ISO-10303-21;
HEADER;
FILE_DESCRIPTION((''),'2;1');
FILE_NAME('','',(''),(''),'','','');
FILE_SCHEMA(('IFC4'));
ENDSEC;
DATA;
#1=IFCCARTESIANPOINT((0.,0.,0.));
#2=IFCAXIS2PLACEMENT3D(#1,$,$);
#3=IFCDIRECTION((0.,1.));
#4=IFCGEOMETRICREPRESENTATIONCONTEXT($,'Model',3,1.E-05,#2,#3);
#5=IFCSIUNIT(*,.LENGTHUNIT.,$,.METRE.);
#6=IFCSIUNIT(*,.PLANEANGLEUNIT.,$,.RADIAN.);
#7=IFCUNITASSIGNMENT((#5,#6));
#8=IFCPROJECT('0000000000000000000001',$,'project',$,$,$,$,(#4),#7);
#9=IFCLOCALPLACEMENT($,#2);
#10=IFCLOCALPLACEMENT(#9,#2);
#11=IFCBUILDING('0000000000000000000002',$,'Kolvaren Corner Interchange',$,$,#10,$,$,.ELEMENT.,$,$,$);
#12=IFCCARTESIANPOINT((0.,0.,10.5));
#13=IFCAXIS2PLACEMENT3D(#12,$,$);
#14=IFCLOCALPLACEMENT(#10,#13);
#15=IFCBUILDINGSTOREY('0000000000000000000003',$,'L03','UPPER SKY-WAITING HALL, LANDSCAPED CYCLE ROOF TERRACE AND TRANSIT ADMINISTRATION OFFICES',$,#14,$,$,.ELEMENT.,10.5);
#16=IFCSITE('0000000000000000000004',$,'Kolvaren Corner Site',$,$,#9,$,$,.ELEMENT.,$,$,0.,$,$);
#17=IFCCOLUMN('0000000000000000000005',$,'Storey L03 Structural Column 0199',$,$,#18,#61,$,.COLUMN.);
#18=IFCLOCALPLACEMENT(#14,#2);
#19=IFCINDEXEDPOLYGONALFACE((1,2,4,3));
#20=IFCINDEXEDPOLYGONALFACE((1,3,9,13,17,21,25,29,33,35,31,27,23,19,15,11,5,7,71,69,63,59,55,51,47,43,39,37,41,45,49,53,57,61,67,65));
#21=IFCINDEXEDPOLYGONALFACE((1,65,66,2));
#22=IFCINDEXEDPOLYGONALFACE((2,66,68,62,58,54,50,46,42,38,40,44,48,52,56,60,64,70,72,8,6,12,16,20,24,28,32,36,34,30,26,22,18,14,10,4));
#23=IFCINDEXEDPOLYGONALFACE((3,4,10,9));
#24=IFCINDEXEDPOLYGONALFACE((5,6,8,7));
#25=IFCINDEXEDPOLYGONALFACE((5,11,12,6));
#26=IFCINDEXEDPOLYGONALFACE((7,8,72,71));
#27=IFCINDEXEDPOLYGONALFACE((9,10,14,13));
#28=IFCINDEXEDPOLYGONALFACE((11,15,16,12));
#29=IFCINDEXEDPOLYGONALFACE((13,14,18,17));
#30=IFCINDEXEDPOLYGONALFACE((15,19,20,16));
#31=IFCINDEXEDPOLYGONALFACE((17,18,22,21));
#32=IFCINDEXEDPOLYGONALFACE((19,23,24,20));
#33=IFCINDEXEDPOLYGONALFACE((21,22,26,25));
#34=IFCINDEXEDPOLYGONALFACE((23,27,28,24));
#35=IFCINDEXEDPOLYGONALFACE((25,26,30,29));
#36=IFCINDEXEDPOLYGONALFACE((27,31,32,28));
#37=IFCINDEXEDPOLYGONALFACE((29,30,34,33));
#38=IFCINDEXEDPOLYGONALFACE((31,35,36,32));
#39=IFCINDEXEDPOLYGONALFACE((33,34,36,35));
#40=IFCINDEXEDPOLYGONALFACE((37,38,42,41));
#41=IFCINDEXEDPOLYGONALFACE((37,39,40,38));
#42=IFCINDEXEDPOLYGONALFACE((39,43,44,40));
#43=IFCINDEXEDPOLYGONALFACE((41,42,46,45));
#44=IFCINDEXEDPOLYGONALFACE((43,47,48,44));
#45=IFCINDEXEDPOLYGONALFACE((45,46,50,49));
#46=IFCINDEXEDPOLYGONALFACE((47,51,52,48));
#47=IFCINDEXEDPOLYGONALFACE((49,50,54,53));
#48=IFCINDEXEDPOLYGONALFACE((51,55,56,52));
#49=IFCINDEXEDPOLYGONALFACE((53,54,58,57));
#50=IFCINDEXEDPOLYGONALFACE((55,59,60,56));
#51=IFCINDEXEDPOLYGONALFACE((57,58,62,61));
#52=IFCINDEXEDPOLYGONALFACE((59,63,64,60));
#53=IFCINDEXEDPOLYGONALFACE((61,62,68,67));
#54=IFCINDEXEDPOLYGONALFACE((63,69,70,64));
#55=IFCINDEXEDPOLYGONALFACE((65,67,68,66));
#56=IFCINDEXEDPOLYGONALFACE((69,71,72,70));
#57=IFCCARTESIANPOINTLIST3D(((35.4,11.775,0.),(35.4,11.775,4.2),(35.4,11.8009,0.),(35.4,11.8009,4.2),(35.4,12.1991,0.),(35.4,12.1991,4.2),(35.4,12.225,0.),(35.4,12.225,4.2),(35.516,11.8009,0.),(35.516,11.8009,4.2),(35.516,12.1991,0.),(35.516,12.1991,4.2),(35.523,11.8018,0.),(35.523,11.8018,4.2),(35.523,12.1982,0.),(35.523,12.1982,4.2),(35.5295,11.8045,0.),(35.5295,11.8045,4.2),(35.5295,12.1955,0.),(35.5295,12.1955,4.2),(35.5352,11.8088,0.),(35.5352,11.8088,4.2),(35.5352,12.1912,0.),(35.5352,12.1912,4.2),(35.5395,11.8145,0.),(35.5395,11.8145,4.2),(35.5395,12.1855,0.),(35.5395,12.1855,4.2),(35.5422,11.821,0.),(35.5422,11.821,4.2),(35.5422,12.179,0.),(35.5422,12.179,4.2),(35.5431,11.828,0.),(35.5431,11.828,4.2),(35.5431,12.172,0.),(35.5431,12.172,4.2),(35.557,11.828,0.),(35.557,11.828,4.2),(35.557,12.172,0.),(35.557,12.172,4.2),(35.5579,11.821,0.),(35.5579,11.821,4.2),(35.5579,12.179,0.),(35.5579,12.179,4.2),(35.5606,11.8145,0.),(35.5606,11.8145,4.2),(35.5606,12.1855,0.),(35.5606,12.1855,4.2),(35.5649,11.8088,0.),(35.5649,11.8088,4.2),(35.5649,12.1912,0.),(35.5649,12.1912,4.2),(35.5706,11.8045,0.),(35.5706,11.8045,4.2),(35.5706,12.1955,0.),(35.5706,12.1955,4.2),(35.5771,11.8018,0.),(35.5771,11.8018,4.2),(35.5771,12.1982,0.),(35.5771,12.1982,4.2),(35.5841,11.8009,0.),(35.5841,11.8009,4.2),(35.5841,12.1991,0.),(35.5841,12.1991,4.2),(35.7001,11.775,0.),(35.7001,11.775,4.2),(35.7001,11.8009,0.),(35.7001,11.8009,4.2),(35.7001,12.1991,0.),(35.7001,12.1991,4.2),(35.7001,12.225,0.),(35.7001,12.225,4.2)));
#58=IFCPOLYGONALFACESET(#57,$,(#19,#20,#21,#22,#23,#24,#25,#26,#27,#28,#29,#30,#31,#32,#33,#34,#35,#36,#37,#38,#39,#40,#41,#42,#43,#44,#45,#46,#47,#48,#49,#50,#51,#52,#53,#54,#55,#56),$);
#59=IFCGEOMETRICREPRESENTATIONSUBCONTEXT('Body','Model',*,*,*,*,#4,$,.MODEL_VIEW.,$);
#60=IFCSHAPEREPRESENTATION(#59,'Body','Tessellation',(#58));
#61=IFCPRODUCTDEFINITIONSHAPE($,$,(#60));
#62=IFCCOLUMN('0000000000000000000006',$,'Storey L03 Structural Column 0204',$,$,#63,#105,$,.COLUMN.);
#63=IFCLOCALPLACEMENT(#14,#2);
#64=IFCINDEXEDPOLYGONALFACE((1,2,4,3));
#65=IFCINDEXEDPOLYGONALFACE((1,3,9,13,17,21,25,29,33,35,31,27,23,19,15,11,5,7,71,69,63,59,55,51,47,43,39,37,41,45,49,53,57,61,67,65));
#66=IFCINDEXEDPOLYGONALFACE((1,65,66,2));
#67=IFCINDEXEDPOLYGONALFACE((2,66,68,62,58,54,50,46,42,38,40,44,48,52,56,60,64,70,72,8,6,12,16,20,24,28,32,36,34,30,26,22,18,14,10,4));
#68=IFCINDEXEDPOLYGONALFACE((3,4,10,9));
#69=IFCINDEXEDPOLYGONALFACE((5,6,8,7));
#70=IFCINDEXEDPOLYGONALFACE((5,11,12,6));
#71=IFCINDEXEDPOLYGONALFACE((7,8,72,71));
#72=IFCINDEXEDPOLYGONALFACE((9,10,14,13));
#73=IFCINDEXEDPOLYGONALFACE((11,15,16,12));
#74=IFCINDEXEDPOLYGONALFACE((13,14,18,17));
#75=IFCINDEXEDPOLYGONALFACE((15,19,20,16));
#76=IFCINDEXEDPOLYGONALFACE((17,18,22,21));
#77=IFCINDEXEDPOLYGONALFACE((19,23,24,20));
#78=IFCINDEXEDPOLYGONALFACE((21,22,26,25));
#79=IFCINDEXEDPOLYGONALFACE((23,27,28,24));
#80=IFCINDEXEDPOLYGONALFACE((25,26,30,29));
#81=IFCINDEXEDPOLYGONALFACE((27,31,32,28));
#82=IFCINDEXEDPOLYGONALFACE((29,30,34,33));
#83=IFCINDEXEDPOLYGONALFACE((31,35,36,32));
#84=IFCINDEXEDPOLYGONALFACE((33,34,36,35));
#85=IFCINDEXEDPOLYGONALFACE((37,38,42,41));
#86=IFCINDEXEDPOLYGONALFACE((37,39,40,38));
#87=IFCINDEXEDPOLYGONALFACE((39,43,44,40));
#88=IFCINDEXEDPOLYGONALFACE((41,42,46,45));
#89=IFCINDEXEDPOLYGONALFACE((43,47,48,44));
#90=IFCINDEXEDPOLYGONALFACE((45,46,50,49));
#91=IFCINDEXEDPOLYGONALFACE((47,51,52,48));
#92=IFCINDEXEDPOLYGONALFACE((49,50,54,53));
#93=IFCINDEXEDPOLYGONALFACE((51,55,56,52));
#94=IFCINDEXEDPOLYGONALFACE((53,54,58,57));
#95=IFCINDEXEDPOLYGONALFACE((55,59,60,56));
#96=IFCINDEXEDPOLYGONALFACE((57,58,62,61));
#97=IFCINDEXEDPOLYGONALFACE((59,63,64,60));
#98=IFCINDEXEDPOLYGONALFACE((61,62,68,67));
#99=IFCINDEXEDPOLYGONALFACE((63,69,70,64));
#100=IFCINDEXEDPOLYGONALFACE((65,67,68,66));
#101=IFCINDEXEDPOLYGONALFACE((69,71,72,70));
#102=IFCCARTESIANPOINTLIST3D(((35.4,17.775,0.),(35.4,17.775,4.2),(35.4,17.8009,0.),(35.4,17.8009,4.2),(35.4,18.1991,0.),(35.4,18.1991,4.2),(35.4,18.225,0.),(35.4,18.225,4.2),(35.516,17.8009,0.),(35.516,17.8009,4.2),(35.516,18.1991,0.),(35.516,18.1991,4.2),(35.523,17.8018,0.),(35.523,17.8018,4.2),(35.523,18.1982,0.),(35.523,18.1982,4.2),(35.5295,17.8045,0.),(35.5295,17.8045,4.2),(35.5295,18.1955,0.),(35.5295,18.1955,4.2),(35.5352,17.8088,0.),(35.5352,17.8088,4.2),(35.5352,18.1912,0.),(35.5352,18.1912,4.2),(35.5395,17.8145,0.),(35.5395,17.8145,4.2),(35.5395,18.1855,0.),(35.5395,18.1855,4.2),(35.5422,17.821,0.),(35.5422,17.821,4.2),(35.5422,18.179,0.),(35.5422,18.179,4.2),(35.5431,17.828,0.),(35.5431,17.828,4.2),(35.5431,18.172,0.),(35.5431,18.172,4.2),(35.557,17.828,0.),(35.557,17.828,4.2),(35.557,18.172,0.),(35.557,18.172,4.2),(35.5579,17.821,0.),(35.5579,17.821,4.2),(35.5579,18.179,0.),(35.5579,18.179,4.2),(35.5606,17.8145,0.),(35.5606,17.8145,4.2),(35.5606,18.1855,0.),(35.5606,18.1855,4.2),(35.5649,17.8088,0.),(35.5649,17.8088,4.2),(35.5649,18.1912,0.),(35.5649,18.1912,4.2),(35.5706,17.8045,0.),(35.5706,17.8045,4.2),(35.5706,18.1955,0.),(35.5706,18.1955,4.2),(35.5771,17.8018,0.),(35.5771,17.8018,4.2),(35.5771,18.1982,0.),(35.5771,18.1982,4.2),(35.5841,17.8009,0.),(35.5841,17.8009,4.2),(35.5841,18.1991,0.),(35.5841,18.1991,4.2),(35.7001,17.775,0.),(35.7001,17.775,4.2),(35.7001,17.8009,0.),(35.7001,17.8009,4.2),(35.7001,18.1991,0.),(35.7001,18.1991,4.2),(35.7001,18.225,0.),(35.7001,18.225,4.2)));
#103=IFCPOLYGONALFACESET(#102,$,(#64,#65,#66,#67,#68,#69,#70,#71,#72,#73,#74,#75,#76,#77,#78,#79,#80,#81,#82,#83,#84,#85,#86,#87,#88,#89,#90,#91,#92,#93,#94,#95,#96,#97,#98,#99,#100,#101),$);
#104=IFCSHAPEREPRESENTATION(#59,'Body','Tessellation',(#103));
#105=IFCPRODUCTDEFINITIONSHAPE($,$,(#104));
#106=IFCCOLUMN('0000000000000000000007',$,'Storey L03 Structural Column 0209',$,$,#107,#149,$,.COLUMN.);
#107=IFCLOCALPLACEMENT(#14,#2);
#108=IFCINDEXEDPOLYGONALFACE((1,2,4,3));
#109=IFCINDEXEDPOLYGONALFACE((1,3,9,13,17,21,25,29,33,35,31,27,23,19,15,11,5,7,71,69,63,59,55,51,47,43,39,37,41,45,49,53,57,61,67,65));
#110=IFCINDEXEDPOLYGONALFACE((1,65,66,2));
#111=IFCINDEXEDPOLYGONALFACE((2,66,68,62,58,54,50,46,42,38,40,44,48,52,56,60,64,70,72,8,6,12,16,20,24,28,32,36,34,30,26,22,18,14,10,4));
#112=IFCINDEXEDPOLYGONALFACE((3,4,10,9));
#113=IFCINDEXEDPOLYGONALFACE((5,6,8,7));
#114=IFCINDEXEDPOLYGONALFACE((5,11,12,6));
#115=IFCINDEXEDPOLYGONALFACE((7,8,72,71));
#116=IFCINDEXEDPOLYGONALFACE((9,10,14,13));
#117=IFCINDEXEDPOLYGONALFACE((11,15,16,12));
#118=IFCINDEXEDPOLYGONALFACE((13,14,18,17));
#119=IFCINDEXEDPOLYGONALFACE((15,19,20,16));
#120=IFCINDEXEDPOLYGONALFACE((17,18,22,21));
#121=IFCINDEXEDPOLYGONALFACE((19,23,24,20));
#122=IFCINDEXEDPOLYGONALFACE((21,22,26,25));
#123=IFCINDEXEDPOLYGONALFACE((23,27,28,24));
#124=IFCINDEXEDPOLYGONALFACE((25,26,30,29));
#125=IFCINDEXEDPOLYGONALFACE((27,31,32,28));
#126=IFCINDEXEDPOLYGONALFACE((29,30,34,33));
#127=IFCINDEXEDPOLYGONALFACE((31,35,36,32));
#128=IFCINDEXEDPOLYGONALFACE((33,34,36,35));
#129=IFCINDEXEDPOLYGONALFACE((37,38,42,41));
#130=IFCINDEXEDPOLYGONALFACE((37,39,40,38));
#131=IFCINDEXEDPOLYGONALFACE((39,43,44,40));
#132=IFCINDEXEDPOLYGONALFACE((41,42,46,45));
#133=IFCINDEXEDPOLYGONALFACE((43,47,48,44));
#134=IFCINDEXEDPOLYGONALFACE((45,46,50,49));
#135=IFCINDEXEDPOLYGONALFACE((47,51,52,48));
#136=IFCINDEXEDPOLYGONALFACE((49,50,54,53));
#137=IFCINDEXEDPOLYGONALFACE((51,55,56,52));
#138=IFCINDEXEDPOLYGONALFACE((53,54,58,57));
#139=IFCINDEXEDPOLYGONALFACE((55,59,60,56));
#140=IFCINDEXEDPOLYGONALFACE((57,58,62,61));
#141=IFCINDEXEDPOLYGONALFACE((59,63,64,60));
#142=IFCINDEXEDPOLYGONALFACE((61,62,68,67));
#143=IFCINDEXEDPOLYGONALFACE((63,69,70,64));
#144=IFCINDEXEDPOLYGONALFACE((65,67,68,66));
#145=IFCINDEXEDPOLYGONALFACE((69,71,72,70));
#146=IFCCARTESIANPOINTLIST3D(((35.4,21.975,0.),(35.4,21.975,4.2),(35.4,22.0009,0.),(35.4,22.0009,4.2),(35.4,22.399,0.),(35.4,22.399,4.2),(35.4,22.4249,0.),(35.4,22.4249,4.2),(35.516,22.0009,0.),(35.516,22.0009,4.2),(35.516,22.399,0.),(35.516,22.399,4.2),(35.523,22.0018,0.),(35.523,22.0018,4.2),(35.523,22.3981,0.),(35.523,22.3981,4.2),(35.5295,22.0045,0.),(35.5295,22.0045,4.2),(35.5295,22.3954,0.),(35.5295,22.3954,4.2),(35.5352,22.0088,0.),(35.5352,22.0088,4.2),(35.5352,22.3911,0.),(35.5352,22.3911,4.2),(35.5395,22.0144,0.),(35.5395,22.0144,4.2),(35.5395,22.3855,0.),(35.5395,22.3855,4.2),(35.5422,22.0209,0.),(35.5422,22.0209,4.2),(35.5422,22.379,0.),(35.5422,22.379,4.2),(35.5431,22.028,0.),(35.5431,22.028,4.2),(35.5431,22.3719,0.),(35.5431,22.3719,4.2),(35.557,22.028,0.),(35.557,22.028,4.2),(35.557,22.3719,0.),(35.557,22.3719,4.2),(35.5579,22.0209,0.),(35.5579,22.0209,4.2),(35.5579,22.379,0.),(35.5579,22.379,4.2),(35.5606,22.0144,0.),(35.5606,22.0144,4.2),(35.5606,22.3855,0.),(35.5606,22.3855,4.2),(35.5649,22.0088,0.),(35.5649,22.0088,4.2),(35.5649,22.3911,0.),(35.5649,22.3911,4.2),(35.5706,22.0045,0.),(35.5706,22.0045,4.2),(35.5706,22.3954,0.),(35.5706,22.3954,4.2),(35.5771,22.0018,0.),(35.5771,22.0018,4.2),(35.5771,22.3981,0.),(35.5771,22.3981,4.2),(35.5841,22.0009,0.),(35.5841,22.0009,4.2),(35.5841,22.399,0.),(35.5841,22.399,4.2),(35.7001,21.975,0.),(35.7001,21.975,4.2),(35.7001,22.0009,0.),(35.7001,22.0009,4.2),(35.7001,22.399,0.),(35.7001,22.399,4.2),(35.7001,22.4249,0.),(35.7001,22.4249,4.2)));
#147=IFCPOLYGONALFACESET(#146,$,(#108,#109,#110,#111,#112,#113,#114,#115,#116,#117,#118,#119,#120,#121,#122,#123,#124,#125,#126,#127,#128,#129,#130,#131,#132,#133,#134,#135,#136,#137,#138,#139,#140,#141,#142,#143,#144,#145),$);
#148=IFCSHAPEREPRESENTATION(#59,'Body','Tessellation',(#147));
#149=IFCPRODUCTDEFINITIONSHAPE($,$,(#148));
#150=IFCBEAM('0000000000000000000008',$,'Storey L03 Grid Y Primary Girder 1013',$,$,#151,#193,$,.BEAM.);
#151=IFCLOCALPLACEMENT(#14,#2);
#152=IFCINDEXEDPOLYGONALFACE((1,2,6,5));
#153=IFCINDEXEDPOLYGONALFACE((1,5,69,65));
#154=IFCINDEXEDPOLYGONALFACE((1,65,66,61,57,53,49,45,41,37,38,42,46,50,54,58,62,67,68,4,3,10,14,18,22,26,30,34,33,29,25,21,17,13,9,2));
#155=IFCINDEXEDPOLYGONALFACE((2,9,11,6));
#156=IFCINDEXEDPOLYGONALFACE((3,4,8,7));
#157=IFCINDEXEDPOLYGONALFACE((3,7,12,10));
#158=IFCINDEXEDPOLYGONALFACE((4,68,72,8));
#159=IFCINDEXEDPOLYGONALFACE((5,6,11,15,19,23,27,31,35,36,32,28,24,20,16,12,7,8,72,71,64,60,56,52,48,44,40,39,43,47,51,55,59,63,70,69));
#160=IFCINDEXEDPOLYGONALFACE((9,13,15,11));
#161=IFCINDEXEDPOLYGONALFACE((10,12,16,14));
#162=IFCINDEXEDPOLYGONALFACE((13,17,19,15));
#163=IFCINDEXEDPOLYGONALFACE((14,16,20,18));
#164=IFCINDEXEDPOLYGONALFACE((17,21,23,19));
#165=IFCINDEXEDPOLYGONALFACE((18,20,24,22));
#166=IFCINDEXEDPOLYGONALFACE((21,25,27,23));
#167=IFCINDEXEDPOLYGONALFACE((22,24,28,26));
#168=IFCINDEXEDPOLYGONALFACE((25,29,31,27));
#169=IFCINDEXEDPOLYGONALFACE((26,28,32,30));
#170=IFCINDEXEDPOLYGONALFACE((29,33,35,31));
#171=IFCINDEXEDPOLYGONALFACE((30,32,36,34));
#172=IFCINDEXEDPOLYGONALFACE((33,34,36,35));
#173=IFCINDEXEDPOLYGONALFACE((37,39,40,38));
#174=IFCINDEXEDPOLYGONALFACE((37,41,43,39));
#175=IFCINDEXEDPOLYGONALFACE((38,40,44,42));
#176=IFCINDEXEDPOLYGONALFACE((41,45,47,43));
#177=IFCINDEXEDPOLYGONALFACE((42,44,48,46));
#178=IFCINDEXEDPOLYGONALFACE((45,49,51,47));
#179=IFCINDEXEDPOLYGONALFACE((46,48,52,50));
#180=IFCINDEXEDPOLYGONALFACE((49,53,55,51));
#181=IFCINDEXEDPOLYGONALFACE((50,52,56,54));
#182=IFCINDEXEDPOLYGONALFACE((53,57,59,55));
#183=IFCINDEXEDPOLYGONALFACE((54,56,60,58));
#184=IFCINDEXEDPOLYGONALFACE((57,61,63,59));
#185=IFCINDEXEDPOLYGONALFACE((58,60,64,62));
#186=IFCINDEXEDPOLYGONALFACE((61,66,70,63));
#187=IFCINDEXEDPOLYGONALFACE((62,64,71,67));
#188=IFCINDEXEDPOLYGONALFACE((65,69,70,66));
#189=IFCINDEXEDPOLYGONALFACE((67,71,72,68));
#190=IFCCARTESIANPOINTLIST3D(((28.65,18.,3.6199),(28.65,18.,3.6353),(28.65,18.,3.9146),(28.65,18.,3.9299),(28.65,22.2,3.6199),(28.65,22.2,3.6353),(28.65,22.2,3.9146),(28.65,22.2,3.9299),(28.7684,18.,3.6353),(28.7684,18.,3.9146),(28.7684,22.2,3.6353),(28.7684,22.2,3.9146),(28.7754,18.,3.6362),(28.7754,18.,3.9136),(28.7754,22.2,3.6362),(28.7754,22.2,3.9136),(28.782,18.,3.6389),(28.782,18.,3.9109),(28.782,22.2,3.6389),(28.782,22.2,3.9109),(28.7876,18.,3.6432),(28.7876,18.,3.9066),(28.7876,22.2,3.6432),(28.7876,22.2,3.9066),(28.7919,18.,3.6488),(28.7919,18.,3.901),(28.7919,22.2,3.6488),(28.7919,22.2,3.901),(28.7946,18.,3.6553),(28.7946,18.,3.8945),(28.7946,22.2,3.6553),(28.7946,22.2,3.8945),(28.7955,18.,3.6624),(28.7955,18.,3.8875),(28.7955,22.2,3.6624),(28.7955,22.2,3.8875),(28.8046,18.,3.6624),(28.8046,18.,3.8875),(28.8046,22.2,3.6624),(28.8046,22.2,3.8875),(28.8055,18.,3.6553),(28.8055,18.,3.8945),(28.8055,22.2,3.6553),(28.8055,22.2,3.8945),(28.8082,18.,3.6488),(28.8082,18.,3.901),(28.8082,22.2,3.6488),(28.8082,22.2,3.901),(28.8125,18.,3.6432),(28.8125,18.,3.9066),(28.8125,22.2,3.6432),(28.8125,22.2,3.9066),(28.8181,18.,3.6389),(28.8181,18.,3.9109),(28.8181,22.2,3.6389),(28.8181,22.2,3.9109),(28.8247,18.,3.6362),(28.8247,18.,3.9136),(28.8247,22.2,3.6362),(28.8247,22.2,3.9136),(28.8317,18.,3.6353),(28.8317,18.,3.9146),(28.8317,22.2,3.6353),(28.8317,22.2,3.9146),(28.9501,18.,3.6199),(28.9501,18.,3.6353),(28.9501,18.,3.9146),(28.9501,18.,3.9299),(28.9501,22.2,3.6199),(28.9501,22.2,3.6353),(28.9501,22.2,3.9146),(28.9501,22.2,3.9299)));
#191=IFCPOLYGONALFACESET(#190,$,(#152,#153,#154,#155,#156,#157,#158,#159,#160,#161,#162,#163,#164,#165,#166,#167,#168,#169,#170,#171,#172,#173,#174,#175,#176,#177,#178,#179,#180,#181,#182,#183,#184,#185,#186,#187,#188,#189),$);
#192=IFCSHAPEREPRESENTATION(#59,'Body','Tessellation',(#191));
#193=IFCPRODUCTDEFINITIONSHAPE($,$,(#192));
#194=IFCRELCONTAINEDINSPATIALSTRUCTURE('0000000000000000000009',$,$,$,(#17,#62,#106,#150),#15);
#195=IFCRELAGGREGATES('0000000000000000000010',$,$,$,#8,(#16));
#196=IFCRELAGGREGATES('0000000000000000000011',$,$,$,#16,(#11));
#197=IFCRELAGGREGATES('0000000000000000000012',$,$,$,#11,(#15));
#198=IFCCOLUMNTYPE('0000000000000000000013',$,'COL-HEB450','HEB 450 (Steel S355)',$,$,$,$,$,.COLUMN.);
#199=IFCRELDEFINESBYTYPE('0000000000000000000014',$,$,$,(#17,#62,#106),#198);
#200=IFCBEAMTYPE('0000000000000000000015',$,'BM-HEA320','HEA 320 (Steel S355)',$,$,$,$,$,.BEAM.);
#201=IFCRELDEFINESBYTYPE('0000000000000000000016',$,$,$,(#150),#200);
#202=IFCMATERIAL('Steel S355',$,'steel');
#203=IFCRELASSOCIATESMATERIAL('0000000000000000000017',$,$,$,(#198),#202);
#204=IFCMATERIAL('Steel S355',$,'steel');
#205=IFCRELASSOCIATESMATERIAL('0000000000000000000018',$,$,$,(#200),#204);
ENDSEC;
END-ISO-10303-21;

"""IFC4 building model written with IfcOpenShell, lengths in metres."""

from ifc_helpers import new_model, si_unit, direction, frame, origin, origin_2d, place, context, subcontext, project, spatial, i_section, extrude, material, material_profile, profile_set, type_object, element, save


model = new_model("IFC4")

# Units and contexts
model_context = context("Model", 3, precision=1e-05, world=origin(), true_north=direction((0.0, 1.0)))
body_context = subcontext(model_context, "Body", "Model", "MODEL_VIEW")
ifc_project = project(units=[si_unit("LENGTHUNIT", "METRE"), si_unit("PLANEANGLEUNIT", "RADIAN")], contexts=[model_context])

# Site, building, storey
site_placement = place(None, origin())
site = spatial("IfcSite", under=ifc_project, at=site_placement, Name="Kolvaren Corner Site", CompositionType="ELEMENT", RefElevation=0.0)
building_placement = place(site_placement, origin())
building = spatial("IfcBuilding", under=site, at=building_placement, Name="Kolvaren Corner Interchange", CompositionType="ELEMENT")
storey_placement = place(building_placement, frame((0.0, 0.0, 10.5)))
storey = spatial("IfcBuildingStorey", under=building, at=storey_placement, Name="L03", Description="UPPER SKY-WAITING HALL, LANDSCAPED CYCLE ROOF TERRACE AND TRANSIT ADMINISTRATION OFFICES", CompositionType="ELEMENT", Elevation=10.5)

# Columns
ifc_material_1 = material(Name="Steel S355", Category="steel")
ifc_material_profile_1 = material_profile(ifc_material_1, i_section(OverallWidth=0.3, OverallDepth=0.45, WebThickness=0.0139, FlangeThickness=0.0259, FilletRadius=0.0271, at=origin_2d()), Name="HEB 450")
ifc_profile_set_1 = profile_set([ifc_material_profile_1], Name="Steel S355")
column_type_1 = type_object("IfcColumnType", Name="COL-HEB450", Description="HEB 450 (Steel S355)", PredefinedType="COLUMN", material=ifc_profile_set_1)
for number, where, z_axis, x_axis, name in (
    (1, (35.55, 12.0, 0.0), (0.0, 0.0, 1.0), (1.0, 0.0, 0.0), "Storey L03 Structural Column 0199"),
    (2, (35.55, 18.0, 0.0), (0.0, 0.0, 1.0), (1.0, 0.0, 0.0), "Storey L03 Structural Column 0204"),
    (3, (35.55, 22.2, 0.0), (0.0, 0.0, 1.0), (1.0, 0.0, 0.0), "Storey L03 Structural Column 0209"),
):
    element("IfcColumn", number, at=place(storey_placement, frame(where, z_axis=z_axis, x_axis=x_axis)), inside=storey, type_object=column_type_1, Name=name, PredefinedType="COLUMN", context=body_context, shape_type="SweptSolid", body=[
        extrude(i_section(OverallWidth=0.3, OverallDepth=0.45, WebThickness=0.0139, FlangeThickness=0.0259, FilletRadius=0.0271, at=origin_2d()), origin(), (0.0, 0.0, 1.0), 4.2),
    ])

# Beam
ifc_material_2 = material(Name="Steel S355", Category="steel")
ifc_material_profile_2 = material_profile(ifc_material_2, i_section(OverallWidth=0.3, OverallDepth=0.3101, WebThickness=0.009, FlangeThickness=0.0154, FilletRadius=0.0271, at=origin_2d()), Name="HEA 320")
ifc_profile_set_2 = profile_set([ifc_material_profile_2], Name="Steel S355")
beam_type_1 = type_object("IfcBeamType", Name="BM-HEA320", Description="HEA 320 (Steel S355)", PredefinedType="BEAM", material=ifc_profile_set_2)
for number, where, z_axis, x_axis, name in (
    (4, (28.8, 18.0, 3.7749), (0.0, 1.0, 0.0), (-1.0, 0.0, 0.0), "Storey L03 Grid Y Primary Girder 1013"),
):
    element("IfcBeam", number, at=place(storey_placement, frame(where, z_axis=z_axis, x_axis=x_axis)), inside=storey, type_object=beam_type_1, Name=name, PredefinedType="BEAM", context=body_context, shape_type="SweptSolid", body=[
        extrude(i_section(OverallWidth=0.3, OverallDepth=0.3101, WebThickness=0.009, FlangeThickness=0.0154, FilletRadius=0.0271, at=origin_2d()), origin(), (0.0, 0.0, 1.0), 4.2),
    ])

save(model, "model.ifc")
